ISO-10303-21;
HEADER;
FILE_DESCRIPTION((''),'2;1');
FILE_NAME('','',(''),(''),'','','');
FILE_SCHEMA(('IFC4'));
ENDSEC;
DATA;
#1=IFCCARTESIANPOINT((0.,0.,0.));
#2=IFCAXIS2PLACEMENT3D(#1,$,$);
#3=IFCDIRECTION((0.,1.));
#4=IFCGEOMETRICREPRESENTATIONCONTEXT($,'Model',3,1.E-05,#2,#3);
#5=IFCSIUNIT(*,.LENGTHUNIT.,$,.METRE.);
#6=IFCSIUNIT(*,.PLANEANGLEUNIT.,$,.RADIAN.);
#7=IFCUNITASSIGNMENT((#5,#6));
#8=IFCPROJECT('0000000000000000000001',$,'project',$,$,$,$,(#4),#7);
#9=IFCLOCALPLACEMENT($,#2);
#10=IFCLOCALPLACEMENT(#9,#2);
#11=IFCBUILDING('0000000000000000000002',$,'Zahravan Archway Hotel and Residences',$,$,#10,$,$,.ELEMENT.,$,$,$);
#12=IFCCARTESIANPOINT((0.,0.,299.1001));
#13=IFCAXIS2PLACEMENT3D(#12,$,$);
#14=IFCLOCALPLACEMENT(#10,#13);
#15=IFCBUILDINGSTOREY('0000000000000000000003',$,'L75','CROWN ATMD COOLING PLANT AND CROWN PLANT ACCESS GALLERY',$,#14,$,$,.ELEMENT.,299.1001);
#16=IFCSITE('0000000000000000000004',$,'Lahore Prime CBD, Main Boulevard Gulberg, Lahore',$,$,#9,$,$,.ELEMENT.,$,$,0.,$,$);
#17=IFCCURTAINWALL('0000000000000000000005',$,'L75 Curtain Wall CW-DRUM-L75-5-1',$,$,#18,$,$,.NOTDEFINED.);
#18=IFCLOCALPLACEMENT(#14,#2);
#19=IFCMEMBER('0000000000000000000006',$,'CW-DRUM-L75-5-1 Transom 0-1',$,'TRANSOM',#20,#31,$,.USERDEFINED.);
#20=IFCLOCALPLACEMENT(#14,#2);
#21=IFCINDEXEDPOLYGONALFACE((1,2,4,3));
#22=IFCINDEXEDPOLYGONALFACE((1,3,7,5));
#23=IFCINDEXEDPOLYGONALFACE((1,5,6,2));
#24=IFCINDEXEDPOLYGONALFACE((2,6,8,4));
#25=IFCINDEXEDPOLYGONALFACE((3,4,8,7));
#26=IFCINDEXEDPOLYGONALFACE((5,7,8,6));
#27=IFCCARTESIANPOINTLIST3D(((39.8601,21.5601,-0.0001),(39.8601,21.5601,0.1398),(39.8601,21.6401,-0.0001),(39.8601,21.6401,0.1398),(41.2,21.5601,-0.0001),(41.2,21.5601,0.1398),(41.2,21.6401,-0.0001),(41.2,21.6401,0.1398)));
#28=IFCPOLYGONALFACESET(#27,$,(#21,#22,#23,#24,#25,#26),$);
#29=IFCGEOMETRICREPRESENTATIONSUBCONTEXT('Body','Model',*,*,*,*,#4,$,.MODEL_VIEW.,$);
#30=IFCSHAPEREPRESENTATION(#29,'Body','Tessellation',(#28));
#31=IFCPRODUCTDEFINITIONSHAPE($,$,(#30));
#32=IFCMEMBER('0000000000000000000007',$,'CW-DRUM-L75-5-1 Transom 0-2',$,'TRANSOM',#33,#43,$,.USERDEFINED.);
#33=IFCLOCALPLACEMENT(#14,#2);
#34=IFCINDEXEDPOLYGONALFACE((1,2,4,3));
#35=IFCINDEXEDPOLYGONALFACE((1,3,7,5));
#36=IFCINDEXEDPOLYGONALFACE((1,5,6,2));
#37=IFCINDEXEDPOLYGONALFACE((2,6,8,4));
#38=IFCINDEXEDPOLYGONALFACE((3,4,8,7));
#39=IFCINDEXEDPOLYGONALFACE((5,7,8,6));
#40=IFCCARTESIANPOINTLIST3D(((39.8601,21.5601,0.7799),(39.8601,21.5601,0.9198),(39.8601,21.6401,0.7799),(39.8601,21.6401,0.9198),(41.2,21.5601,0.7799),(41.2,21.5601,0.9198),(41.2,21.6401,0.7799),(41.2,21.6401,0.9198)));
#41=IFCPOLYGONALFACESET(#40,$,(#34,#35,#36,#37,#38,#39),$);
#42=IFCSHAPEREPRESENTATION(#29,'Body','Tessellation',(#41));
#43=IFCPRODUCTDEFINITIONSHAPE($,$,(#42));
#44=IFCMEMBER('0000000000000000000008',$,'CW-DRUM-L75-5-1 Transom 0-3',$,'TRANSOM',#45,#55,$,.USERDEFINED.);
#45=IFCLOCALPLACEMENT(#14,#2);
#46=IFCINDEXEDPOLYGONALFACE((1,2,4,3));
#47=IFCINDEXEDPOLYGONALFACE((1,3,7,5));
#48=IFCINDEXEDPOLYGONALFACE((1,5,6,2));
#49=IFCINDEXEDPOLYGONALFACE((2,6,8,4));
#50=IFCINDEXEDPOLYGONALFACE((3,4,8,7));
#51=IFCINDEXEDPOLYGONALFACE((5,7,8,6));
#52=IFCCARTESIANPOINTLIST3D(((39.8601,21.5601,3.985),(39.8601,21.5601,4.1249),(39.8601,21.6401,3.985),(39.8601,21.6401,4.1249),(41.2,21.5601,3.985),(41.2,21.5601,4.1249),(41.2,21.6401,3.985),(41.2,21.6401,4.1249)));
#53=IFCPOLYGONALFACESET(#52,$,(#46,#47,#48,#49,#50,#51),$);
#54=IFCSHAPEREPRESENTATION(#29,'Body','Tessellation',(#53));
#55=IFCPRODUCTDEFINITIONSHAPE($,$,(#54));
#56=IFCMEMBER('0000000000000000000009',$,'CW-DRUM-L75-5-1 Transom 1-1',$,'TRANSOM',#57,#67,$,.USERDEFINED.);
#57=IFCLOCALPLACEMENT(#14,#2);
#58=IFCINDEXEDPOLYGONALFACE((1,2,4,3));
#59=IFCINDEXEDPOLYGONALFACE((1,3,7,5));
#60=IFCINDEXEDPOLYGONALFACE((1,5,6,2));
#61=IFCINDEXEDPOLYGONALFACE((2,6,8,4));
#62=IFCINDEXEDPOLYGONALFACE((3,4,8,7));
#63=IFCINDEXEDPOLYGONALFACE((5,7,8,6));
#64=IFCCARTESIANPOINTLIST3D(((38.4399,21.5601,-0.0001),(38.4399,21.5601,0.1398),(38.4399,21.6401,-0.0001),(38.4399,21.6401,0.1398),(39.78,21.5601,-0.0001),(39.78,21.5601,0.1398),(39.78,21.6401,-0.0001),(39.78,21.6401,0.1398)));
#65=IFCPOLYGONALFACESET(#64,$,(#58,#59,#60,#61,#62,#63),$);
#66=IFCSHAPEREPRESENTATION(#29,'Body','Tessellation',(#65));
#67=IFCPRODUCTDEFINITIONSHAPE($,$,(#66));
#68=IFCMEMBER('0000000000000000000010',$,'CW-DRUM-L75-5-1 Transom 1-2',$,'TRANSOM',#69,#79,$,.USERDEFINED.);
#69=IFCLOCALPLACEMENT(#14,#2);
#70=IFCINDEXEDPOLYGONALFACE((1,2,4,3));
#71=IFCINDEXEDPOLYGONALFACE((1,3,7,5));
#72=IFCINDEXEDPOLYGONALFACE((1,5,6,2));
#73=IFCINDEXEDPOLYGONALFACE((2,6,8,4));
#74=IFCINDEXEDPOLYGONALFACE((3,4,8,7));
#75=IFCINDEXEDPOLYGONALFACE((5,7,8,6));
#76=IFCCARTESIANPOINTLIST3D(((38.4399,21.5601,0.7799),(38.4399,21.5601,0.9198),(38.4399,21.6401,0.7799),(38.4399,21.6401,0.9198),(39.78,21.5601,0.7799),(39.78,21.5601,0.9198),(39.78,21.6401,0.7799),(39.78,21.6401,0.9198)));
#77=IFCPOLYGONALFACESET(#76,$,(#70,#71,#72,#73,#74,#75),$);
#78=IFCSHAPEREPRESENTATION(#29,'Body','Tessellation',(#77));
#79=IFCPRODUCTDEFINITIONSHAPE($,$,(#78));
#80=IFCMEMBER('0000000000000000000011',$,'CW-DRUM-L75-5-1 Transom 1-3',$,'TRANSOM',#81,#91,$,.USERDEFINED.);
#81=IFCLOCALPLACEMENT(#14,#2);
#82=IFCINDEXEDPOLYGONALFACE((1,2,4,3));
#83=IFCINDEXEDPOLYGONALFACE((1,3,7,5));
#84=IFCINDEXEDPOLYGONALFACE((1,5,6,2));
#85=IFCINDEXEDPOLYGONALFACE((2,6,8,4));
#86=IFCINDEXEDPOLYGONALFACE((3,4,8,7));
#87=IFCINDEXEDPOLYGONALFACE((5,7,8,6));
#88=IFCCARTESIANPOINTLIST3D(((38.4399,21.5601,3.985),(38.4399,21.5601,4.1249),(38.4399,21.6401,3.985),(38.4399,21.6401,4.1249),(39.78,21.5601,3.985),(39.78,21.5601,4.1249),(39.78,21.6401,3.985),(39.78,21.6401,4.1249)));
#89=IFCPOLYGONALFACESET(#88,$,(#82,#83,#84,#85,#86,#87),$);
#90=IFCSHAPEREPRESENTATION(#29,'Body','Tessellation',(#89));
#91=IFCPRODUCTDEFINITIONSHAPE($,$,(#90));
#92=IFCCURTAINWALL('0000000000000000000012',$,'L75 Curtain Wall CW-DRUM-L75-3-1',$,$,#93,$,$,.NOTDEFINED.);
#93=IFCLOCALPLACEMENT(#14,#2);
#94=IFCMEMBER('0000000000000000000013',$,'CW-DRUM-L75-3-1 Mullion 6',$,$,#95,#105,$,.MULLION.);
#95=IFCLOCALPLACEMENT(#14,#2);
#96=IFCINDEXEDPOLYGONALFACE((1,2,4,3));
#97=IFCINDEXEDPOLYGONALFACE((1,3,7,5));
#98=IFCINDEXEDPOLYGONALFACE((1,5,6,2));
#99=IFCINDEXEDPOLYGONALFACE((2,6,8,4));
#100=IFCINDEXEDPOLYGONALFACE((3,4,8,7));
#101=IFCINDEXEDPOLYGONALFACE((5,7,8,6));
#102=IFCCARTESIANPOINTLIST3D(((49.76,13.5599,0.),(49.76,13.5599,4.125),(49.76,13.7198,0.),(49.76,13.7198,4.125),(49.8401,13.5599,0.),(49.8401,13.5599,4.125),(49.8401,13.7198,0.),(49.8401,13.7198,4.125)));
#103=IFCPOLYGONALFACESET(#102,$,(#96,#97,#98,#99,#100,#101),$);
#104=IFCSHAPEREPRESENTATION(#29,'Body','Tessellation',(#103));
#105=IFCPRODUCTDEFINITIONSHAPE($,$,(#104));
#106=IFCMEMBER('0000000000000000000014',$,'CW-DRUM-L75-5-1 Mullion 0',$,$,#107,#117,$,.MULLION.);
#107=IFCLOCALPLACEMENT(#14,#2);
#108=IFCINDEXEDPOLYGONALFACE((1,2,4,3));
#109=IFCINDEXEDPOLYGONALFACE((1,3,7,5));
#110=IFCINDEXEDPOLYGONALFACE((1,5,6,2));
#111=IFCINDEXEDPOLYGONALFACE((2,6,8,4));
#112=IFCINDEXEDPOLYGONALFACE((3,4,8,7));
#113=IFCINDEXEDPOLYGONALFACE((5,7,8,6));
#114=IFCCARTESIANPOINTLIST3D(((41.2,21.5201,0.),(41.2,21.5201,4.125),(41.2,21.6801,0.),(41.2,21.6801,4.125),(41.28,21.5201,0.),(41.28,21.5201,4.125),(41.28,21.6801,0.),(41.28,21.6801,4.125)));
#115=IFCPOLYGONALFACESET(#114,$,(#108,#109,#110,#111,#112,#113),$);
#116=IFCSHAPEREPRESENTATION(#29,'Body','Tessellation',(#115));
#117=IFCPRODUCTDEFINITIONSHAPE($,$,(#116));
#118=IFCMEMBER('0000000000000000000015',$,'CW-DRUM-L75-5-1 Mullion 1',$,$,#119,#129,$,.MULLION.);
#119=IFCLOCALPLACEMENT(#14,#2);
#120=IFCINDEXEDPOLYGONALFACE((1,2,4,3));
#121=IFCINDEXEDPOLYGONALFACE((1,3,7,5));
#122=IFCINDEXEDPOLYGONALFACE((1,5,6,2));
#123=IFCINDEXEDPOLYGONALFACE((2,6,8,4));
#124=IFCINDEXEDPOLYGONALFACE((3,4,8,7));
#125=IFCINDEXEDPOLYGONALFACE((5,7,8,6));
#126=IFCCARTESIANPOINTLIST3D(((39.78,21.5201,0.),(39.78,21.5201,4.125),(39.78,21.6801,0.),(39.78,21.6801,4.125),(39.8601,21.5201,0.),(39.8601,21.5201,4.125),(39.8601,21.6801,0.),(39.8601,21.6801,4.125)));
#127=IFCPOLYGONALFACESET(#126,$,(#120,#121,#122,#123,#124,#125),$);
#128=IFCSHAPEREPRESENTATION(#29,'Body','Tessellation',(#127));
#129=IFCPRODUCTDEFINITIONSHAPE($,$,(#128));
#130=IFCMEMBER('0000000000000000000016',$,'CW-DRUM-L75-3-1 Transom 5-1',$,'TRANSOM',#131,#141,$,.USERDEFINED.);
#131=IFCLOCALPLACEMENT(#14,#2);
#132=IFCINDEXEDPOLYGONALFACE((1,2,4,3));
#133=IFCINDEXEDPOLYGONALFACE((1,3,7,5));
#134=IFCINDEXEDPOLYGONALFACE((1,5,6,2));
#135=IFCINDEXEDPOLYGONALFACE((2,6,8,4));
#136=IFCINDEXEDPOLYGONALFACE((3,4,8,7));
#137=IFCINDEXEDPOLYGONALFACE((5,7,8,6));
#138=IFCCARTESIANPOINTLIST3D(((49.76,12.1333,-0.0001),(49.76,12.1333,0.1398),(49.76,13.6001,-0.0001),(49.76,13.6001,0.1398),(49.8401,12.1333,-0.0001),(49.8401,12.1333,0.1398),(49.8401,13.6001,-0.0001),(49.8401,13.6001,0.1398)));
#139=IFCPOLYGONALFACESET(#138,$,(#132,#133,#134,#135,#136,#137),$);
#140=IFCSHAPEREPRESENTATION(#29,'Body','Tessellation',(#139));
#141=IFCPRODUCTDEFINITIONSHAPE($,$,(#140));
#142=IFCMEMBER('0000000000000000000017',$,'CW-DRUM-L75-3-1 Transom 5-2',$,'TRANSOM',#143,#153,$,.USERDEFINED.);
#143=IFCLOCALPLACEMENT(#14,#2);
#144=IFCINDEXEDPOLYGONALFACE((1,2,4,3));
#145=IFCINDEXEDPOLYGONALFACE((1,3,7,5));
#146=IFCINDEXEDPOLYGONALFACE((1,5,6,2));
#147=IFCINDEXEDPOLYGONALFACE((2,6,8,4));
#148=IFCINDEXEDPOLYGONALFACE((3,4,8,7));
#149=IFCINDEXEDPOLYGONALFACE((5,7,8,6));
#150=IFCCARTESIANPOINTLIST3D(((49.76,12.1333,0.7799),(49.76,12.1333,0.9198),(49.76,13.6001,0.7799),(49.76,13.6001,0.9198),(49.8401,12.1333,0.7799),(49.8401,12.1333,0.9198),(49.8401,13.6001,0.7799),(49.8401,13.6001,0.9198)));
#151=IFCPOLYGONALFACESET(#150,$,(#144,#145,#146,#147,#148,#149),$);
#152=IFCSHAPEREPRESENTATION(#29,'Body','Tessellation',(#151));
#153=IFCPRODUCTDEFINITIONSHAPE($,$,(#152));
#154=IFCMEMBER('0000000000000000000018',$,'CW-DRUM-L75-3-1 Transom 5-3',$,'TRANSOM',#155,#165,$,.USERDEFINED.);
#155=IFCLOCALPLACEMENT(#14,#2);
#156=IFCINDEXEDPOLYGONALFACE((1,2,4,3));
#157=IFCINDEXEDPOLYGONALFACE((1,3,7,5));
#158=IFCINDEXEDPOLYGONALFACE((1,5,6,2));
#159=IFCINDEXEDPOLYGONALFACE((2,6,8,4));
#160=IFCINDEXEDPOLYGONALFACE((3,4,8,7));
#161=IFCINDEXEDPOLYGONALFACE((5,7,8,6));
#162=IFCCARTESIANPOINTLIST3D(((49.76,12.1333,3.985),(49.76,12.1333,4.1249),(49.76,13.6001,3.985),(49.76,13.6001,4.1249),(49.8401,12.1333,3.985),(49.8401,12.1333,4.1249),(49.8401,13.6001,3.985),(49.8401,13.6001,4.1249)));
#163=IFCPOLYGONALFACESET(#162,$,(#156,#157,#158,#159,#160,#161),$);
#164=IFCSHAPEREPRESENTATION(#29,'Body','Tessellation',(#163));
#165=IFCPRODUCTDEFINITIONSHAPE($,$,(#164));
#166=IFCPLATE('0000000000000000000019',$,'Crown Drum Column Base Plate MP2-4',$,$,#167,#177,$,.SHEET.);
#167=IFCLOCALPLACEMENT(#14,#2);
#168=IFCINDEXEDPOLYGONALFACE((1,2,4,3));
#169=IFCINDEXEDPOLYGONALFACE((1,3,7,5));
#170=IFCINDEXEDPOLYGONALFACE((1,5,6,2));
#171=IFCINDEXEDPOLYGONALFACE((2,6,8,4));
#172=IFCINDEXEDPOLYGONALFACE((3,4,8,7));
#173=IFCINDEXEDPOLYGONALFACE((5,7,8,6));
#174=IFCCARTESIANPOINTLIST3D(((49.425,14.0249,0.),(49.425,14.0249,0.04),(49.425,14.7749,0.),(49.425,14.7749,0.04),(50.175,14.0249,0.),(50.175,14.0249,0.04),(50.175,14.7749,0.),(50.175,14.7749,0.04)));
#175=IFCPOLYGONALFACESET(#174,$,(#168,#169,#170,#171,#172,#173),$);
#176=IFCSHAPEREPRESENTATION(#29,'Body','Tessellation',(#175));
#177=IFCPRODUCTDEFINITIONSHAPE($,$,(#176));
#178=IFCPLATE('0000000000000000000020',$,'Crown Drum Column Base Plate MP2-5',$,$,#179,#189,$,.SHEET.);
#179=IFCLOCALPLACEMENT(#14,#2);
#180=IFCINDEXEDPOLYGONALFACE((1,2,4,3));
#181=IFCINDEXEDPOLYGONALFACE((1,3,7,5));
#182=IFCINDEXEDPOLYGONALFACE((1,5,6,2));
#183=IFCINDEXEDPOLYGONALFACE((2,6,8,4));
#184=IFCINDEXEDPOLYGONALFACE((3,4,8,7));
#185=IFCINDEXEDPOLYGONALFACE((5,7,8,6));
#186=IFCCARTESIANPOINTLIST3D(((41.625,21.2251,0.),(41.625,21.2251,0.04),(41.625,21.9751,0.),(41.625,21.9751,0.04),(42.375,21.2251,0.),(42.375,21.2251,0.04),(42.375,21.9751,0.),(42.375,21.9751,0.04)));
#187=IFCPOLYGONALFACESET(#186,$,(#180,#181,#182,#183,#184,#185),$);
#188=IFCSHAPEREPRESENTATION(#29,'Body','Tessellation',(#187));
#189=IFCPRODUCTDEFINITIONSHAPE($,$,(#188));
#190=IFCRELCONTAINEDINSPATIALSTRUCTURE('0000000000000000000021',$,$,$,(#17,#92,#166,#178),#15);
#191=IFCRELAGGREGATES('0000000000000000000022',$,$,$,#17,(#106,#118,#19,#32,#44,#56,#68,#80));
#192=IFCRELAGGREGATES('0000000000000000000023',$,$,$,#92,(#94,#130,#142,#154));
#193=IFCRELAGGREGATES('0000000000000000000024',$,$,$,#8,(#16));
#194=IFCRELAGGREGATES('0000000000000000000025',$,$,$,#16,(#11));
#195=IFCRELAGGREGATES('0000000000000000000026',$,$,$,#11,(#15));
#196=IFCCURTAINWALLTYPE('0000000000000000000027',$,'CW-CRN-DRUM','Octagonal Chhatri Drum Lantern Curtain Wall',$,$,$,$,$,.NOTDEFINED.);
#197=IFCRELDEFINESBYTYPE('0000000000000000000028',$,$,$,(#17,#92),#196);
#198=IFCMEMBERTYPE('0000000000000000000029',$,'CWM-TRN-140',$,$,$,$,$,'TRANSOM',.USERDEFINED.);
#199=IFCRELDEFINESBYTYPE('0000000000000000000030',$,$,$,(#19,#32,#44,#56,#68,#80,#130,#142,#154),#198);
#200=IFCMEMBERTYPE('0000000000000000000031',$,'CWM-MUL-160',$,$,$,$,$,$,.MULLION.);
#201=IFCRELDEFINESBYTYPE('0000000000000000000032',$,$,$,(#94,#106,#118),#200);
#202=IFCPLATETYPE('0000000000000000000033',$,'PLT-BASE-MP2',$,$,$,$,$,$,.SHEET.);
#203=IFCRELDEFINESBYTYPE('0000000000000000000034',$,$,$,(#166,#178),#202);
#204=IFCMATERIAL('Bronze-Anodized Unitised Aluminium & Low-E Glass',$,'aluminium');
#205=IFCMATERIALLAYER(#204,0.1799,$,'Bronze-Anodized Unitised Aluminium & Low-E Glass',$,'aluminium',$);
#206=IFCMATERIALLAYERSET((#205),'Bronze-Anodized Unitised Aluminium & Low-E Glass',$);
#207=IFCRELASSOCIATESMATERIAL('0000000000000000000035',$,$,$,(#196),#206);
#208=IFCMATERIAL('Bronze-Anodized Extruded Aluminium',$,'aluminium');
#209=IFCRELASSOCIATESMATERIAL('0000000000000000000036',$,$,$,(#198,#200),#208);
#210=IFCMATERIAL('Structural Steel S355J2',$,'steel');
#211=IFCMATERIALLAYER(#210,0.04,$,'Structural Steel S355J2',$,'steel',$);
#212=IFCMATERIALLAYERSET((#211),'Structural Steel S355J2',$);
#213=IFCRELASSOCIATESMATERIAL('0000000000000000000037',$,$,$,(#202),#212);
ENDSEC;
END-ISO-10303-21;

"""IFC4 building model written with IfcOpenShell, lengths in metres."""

from ifc_helpers import new_model, si_unit, direction, frame, origin, origin_2d, place, context, subcontext, project, spatial, rectangle, extrude, source, transform, mapped, material, layer, layer_set, material_profile, profile_set, type_object, type_shapes, element, aggregate, save


model = new_model("IFC4")

# Units and contexts
model_context = context("Model", 3, precision=1e-05, world=origin(), true_north=direction((0.0, 1.0)))
body_context = subcontext(model_context, "Body", "Model", "MODEL_VIEW")
ifc_project = project(units=[si_unit("LENGTHUNIT", "METRE"), si_unit("PLANEANGLEUNIT", "RADIAN")], contexts=[model_context])

# Site, building, storey
site_placement = place(None, origin())
site = spatial("IfcSite", under=ifc_project, at=site_placement, Name="Lahore Prime CBD, Main Boulevard Gulberg, Lahore", CompositionType="ELEMENT", RefElevation=0.0)
building_placement = place(site_placement, origin())
building = spatial("IfcBuilding", under=site, at=building_placement, Name="Zahravan Archway Hotel and Residences", CompositionType="ELEMENT")
storey_placement = place(building_placement, frame((0.0, 0.0, 299.1001)))
storey = spatial("IfcBuildingStorey", under=building, at=storey_placement, Name="L75", Description="CROWN ATMD COOLING PLANT AND CROWN PLANT ACCESS GALLERY", CompositionType="ELEMENT", Elevation=299.1001)

# Shared definitions
ifc_material_1 = material(Name="Structural Steel S355J2", Category="steel")

# Curtain wall, members
ifc_material_2 = material(Name="Bronze-Anodized Unitised Aluminium & Low-E Glass", Category="aluminium")
ifc_layer_1 = layer(ifc_material_2, 0.1799, Name="Bronze-Anodized Unitised Aluminium & Low-E Glass", Category="aluminium")
ifc_layer_set_1 = layer_set([ifc_layer_1], Name="Bronze-Anodized Unitised Aluminium & Low-E Glass")
curtain_wall_type = type_object("IfcCurtainWallType", Name="CW-CRN-DRUM", Description="Octagonal Chhatri Drum Lantern Curtain Wall", PredefinedType="NOTDEFINED", material=ifc_layer_set_1)
curtain_wall_1_placement = place(storey_placement, origin())
curtain_wall_1 = element("IfcCurtainWall", 1, at=curtain_wall_1_placement, inside=storey, type_object=curtain_wall_type, Name="L75 Curtain Wall CW-DRUM-L75-5-1", PredefinedType="NOTDEFINED")
ifc_material_3 = material(Name="Bronze-Anodized Extruded Aluminium", Category="aluminium")
ifc_material_profile_1 = material_profile(ifc_material_3, rectangle(XDim=0.0801, YDim=0.1399, at=origin_2d()), Name="TRN 80x140", Category="aluminium")
ifc_profile_set_1 = profile_set([ifc_material_profile_1], Name="Bronze-Anodized Extruded Aluminium")
member_type_1 = type_object("IfcMemberType", Name="CWM-TRN-140", ElementType="TRANSOM", PredefinedType="USERDEFINED", material=ifc_profile_set_1)
shared_shape_1 = source(origin(), body_context, "Body", "SweptSolid", [
    extrude(rectangle(XDim=0.0801, YDim=0.1399, at=origin_2d()), origin(), (0.0, 0.0, 1.0), 1.3398),
])
member_1_placement = place(storey_placement, frame((41.2, 21.6001, 0.0698), z_axis=(-1.0, 0.0, 0.0), x_axis=(0.0, -1.0, 0.0)))
member_1 = element("IfcMember", 2, at=member_1_placement, type_object=member_type_1, Name="CW-DRUM-L75-5-1 Transom 0-1", ObjectType="TRANSOM", PredefinedType="USERDEFINED", context=body_context, shape_type="MappedRepresentation", body=[
    mapped(shared_shape_1, transform((0.0, 0.0, 0.0), scale=1.0)),
])
member_2_placement = place(storey_placement, frame((41.2, 21.6001, 0.8499), z_axis=(-1.0, 0.0, 0.0), x_axis=(0.0, -1.0, 0.0)))
member_2 = element("IfcMember", 3, at=member_2_placement, type_object=member_type_1, Name="CW-DRUM-L75-5-1 Transom 0-2", ObjectType="TRANSOM", PredefinedType="USERDEFINED", context=body_context, shape_type="MappedRepresentation", body=[
    mapped(shared_shape_1, transform((0.0, 0.0, 0.0), scale=1.0)),
])
member_3_placement = place(storey_placement, frame((41.2, 21.6001, 4.0549), z_axis=(-1.0, 0.0, 0.0), x_axis=(0.0, -1.0, 0.0)))
member_3 = element("IfcMember", 4, at=member_3_placement, type_object=member_type_1, Name="CW-DRUM-L75-5-1 Transom 0-3", ObjectType="TRANSOM", PredefinedType="USERDEFINED", context=body_context, shape_type="MappedRepresentation", body=[
    mapped(shared_shape_1, transform((0.0, 0.0, 0.0), scale=1.0)),
])
shared_shape_2 = source(origin(), body_context, "Body", "SweptSolid", [
    extrude(rectangle(XDim=0.0801, YDim=0.1399, at=origin_2d()), origin(), (0.0, 0.0, 1.0), 1.3401),
])
member_4_placement = place(storey_placement, frame((39.78, 21.6001, 0.0698), z_axis=(-1.0, 0.0, 0.0), x_axis=(0.0, -1.0, 0.0)))
member_4 = element("IfcMember", 5, at=member_4_placement, type_object=member_type_1, Name="CW-DRUM-L75-5-1 Transom 1-1", ObjectType="TRANSOM", PredefinedType="USERDEFINED", context=body_context, shape_type="MappedRepresentation", body=[
    mapped(shared_shape_2, transform((0.0, 0.0, 0.0), scale=1.0)),
])
member_5_placement = place(storey_placement, frame((39.78, 21.6001, 0.8499), z_axis=(-1.0, 0.0, 0.0), x_axis=(0.0, -1.0, 0.0)))
member_5 = element("IfcMember", 6, at=member_5_placement, type_object=member_type_1, Name="CW-DRUM-L75-5-1 Transom 1-2", ObjectType="TRANSOM", PredefinedType="USERDEFINED", context=body_context, shape_type="MappedRepresentation", body=[
    mapped(shared_shape_2, transform((0.0, 0.0, 0.0), scale=1.0)),
])
member_6_placement = place(storey_placement, frame((39.78, 21.6001, 4.0549), z_axis=(-1.0, 0.0, 0.0), x_axis=(0.0, -1.0, 0.0)))
member_6 = element("IfcMember", 7, at=member_6_placement, type_object=member_type_1, Name="CW-DRUM-L75-5-1 Transom 1-3", ObjectType="TRANSOM", PredefinedType="USERDEFINED", context=body_context, shape_type="MappedRepresentation", body=[
    mapped(shared_shape_2, transform((0.0, 0.0, 0.0), scale=1.0)),
])

# Curtain wall, member
curtain_wall_2_placement = place(storey_placement, origin())
curtain_wall_2 = element("IfcCurtainWall", 8, at=curtain_wall_2_placement, inside=storey, type_object=curtain_wall_type, Name="L75 Curtain Wall CW-DRUM-L75-3-1", PredefinedType="NOTDEFINED")
ifc_material_profile_2 = material_profile(ifc_material_3, rectangle(XDim=0.0801, YDim=0.1599, at=origin_2d()), Name="MUL 80x160", Category="aluminium")
ifc_profile_set_2 = profile_set([ifc_material_profile_2], Name="Bronze-Anodized Extruded Aluminium")
member_type_2 = type_object("IfcMemberType", Name="CWM-MUL-160", PredefinedType="MULLION", material=ifc_profile_set_2)
shared_shape_3 = source(origin(), body_context, "Body", "SweptSolid", [
    extrude(rectangle(XDim=0.0801, YDim=0.1599, at=origin_2d()), origin(), (0.0, 0.0, 1.0), 4.125),
])
member_7_placement = place(storey_placement, frame((49.8, 13.6399, 0.0), z_axis=(0.0, 0.0, 1.0), x_axis=(1.0, 0.0, 0.0)))
member_7 = element("IfcMember", 9, at=member_7_placement, type_object=member_type_2, Name="CW-DRUM-L75-3-1 Mullion 6", PredefinedType="MULLION", context=body_context, shape_type="MappedRepresentation", body=[
    mapped(shared_shape_3, transform((0.0, 0.0, 0.0), scale=1.0)),
])

# Members
member_8_placement = place(storey_placement, frame((41.24, 21.6001, 0.0), z_axis=(0.0, 0.0, 1.0), x_axis=(1.0, 0.0, 0.0)))
member_8 = element("IfcMember", 10, at=member_8_placement, type_object=member_type_2, Name="CW-DRUM-L75-5-1 Mullion 0", PredefinedType="MULLION", context=body_context, shape_type="MappedRepresentation", body=[
    mapped(shared_shape_3, transform((0.0, 0.0, 0.0), scale=1.0)),
])
member_9_placement = place(storey_placement, frame((39.8201, 21.6001, 0.0), z_axis=(0.0, 0.0, 1.0), x_axis=(1.0, 0.0, 0.0)))
member_9 = element("IfcMember", 11, at=member_9_placement, type_object=member_type_2, Name="CW-DRUM-L75-5-1 Mullion 1", PredefinedType="MULLION", context=body_context, shape_type="MappedRepresentation", body=[
    mapped(shared_shape_3, transform((0.0, 0.0, 0.0), scale=1.0)),
])
shared_shape_4 = source(origin(), body_context, "Body", "SweptSolid", [
    extrude(rectangle(XDim=0.0801, YDim=0.1399, at=origin_2d()), origin(), (0.0, 0.0, 1.0), 1.4668),
])
member_10_placement = place(storey_placement, frame((49.8, 12.1333, 0.0698), z_axis=(0.0, 1.0, 0.0), x_axis=(-1.0, 0.0, 0.0)))
member_10 = element("IfcMember", 12, at=member_10_placement, type_object=member_type_1, Name="CW-DRUM-L75-3-1 Transom 5-1", ObjectType="TRANSOM", PredefinedType="USERDEFINED", context=body_context, shape_type="MappedRepresentation", body=[
    mapped(shared_shape_4, transform((0.0, 0.0, 0.0), scale=1.0)),
])
member_11_placement = place(storey_placement, frame((49.8, 12.1333, 0.8499), z_axis=(0.0, 1.0, 0.0), x_axis=(-1.0, 0.0, 0.0)))
member_11 = element("IfcMember", 13, at=member_11_placement, type_object=member_type_1, Name="CW-DRUM-L75-3-1 Transom 5-2", ObjectType="TRANSOM", PredefinedType="USERDEFINED", context=body_context, shape_type="MappedRepresentation", body=[
    mapped(shared_shape_4, transform((0.0, 0.0, 0.0), scale=1.0)),
])
member_12_placement = place(storey_placement, frame((49.8, 12.1333, 4.0549), z_axis=(0.0, 1.0, 0.0), x_axis=(-1.0, 0.0, 0.0)))
member_12 = element("IfcMember", 14, at=member_12_placement, type_object=member_type_1, Name="CW-DRUM-L75-3-1 Transom 5-3", ObjectType="TRANSOM", PredefinedType="USERDEFINED", context=body_context, shape_type="MappedRepresentation", body=[
    mapped(shared_shape_4, transform((0.0, 0.0, 0.0), scale=1.0)),
])

# Plates
ifc_layer_2 = layer(ifc_material_1, 0.04, Name="Structural Steel S355J2", Category="steel")
ifc_layer_set_2 = layer_set([ifc_layer_2], Name="Structural Steel S355J2")
plate_type_1 = type_object("IfcPlateType", Name="PLT-BASE-MP2", PredefinedType="SHEET", material=ifc_layer_set_2)
shared_shape_5 = source(origin(), body_context, "Body", "SweptSolid", [
    extrude(rectangle(XDim=0.75, YDim=0.75, at=origin_2d()), origin(), (0.0, 0.0, 1.0), 0.04),
])
type_shapes(plate_type_1, [shared_shape_5])
for number, where, z_axis, x_axis, name in (
    (15, (49.8, 14.3999, 0.0), (0.0, 0.0, 1.0), (1.0, 0.0, 0.0), "Crown Drum Column Base Plate MP2-4"),
    (16, (42.0, 21.6001, 0.0), (0.0, 0.0, 1.0), (1.0, 0.0, 0.0), "Crown Drum Column Base Plate MP2-5"),
):
    element("IfcPlate", number, at=place(storey_placement, frame(where, z_axis=z_axis, x_axis=x_axis)), inside=storey, type_object=plate_type_1, Name=name, PredefinedType="SHEET", context=body_context, shape_type="MappedRepresentation", body=[
        mapped(shared_shape_5, transform((0.0, 0.0, 0.0), scale=1.0)),
    ])

aggregate(curtain_wall_1, [member_8, member_9, member_1, member_2, member_3, member_4, member_5, member_6])
aggregate(curtain_wall_2, [member_7, member_10, member_11, member_12])

save(model, "model.ifc")
